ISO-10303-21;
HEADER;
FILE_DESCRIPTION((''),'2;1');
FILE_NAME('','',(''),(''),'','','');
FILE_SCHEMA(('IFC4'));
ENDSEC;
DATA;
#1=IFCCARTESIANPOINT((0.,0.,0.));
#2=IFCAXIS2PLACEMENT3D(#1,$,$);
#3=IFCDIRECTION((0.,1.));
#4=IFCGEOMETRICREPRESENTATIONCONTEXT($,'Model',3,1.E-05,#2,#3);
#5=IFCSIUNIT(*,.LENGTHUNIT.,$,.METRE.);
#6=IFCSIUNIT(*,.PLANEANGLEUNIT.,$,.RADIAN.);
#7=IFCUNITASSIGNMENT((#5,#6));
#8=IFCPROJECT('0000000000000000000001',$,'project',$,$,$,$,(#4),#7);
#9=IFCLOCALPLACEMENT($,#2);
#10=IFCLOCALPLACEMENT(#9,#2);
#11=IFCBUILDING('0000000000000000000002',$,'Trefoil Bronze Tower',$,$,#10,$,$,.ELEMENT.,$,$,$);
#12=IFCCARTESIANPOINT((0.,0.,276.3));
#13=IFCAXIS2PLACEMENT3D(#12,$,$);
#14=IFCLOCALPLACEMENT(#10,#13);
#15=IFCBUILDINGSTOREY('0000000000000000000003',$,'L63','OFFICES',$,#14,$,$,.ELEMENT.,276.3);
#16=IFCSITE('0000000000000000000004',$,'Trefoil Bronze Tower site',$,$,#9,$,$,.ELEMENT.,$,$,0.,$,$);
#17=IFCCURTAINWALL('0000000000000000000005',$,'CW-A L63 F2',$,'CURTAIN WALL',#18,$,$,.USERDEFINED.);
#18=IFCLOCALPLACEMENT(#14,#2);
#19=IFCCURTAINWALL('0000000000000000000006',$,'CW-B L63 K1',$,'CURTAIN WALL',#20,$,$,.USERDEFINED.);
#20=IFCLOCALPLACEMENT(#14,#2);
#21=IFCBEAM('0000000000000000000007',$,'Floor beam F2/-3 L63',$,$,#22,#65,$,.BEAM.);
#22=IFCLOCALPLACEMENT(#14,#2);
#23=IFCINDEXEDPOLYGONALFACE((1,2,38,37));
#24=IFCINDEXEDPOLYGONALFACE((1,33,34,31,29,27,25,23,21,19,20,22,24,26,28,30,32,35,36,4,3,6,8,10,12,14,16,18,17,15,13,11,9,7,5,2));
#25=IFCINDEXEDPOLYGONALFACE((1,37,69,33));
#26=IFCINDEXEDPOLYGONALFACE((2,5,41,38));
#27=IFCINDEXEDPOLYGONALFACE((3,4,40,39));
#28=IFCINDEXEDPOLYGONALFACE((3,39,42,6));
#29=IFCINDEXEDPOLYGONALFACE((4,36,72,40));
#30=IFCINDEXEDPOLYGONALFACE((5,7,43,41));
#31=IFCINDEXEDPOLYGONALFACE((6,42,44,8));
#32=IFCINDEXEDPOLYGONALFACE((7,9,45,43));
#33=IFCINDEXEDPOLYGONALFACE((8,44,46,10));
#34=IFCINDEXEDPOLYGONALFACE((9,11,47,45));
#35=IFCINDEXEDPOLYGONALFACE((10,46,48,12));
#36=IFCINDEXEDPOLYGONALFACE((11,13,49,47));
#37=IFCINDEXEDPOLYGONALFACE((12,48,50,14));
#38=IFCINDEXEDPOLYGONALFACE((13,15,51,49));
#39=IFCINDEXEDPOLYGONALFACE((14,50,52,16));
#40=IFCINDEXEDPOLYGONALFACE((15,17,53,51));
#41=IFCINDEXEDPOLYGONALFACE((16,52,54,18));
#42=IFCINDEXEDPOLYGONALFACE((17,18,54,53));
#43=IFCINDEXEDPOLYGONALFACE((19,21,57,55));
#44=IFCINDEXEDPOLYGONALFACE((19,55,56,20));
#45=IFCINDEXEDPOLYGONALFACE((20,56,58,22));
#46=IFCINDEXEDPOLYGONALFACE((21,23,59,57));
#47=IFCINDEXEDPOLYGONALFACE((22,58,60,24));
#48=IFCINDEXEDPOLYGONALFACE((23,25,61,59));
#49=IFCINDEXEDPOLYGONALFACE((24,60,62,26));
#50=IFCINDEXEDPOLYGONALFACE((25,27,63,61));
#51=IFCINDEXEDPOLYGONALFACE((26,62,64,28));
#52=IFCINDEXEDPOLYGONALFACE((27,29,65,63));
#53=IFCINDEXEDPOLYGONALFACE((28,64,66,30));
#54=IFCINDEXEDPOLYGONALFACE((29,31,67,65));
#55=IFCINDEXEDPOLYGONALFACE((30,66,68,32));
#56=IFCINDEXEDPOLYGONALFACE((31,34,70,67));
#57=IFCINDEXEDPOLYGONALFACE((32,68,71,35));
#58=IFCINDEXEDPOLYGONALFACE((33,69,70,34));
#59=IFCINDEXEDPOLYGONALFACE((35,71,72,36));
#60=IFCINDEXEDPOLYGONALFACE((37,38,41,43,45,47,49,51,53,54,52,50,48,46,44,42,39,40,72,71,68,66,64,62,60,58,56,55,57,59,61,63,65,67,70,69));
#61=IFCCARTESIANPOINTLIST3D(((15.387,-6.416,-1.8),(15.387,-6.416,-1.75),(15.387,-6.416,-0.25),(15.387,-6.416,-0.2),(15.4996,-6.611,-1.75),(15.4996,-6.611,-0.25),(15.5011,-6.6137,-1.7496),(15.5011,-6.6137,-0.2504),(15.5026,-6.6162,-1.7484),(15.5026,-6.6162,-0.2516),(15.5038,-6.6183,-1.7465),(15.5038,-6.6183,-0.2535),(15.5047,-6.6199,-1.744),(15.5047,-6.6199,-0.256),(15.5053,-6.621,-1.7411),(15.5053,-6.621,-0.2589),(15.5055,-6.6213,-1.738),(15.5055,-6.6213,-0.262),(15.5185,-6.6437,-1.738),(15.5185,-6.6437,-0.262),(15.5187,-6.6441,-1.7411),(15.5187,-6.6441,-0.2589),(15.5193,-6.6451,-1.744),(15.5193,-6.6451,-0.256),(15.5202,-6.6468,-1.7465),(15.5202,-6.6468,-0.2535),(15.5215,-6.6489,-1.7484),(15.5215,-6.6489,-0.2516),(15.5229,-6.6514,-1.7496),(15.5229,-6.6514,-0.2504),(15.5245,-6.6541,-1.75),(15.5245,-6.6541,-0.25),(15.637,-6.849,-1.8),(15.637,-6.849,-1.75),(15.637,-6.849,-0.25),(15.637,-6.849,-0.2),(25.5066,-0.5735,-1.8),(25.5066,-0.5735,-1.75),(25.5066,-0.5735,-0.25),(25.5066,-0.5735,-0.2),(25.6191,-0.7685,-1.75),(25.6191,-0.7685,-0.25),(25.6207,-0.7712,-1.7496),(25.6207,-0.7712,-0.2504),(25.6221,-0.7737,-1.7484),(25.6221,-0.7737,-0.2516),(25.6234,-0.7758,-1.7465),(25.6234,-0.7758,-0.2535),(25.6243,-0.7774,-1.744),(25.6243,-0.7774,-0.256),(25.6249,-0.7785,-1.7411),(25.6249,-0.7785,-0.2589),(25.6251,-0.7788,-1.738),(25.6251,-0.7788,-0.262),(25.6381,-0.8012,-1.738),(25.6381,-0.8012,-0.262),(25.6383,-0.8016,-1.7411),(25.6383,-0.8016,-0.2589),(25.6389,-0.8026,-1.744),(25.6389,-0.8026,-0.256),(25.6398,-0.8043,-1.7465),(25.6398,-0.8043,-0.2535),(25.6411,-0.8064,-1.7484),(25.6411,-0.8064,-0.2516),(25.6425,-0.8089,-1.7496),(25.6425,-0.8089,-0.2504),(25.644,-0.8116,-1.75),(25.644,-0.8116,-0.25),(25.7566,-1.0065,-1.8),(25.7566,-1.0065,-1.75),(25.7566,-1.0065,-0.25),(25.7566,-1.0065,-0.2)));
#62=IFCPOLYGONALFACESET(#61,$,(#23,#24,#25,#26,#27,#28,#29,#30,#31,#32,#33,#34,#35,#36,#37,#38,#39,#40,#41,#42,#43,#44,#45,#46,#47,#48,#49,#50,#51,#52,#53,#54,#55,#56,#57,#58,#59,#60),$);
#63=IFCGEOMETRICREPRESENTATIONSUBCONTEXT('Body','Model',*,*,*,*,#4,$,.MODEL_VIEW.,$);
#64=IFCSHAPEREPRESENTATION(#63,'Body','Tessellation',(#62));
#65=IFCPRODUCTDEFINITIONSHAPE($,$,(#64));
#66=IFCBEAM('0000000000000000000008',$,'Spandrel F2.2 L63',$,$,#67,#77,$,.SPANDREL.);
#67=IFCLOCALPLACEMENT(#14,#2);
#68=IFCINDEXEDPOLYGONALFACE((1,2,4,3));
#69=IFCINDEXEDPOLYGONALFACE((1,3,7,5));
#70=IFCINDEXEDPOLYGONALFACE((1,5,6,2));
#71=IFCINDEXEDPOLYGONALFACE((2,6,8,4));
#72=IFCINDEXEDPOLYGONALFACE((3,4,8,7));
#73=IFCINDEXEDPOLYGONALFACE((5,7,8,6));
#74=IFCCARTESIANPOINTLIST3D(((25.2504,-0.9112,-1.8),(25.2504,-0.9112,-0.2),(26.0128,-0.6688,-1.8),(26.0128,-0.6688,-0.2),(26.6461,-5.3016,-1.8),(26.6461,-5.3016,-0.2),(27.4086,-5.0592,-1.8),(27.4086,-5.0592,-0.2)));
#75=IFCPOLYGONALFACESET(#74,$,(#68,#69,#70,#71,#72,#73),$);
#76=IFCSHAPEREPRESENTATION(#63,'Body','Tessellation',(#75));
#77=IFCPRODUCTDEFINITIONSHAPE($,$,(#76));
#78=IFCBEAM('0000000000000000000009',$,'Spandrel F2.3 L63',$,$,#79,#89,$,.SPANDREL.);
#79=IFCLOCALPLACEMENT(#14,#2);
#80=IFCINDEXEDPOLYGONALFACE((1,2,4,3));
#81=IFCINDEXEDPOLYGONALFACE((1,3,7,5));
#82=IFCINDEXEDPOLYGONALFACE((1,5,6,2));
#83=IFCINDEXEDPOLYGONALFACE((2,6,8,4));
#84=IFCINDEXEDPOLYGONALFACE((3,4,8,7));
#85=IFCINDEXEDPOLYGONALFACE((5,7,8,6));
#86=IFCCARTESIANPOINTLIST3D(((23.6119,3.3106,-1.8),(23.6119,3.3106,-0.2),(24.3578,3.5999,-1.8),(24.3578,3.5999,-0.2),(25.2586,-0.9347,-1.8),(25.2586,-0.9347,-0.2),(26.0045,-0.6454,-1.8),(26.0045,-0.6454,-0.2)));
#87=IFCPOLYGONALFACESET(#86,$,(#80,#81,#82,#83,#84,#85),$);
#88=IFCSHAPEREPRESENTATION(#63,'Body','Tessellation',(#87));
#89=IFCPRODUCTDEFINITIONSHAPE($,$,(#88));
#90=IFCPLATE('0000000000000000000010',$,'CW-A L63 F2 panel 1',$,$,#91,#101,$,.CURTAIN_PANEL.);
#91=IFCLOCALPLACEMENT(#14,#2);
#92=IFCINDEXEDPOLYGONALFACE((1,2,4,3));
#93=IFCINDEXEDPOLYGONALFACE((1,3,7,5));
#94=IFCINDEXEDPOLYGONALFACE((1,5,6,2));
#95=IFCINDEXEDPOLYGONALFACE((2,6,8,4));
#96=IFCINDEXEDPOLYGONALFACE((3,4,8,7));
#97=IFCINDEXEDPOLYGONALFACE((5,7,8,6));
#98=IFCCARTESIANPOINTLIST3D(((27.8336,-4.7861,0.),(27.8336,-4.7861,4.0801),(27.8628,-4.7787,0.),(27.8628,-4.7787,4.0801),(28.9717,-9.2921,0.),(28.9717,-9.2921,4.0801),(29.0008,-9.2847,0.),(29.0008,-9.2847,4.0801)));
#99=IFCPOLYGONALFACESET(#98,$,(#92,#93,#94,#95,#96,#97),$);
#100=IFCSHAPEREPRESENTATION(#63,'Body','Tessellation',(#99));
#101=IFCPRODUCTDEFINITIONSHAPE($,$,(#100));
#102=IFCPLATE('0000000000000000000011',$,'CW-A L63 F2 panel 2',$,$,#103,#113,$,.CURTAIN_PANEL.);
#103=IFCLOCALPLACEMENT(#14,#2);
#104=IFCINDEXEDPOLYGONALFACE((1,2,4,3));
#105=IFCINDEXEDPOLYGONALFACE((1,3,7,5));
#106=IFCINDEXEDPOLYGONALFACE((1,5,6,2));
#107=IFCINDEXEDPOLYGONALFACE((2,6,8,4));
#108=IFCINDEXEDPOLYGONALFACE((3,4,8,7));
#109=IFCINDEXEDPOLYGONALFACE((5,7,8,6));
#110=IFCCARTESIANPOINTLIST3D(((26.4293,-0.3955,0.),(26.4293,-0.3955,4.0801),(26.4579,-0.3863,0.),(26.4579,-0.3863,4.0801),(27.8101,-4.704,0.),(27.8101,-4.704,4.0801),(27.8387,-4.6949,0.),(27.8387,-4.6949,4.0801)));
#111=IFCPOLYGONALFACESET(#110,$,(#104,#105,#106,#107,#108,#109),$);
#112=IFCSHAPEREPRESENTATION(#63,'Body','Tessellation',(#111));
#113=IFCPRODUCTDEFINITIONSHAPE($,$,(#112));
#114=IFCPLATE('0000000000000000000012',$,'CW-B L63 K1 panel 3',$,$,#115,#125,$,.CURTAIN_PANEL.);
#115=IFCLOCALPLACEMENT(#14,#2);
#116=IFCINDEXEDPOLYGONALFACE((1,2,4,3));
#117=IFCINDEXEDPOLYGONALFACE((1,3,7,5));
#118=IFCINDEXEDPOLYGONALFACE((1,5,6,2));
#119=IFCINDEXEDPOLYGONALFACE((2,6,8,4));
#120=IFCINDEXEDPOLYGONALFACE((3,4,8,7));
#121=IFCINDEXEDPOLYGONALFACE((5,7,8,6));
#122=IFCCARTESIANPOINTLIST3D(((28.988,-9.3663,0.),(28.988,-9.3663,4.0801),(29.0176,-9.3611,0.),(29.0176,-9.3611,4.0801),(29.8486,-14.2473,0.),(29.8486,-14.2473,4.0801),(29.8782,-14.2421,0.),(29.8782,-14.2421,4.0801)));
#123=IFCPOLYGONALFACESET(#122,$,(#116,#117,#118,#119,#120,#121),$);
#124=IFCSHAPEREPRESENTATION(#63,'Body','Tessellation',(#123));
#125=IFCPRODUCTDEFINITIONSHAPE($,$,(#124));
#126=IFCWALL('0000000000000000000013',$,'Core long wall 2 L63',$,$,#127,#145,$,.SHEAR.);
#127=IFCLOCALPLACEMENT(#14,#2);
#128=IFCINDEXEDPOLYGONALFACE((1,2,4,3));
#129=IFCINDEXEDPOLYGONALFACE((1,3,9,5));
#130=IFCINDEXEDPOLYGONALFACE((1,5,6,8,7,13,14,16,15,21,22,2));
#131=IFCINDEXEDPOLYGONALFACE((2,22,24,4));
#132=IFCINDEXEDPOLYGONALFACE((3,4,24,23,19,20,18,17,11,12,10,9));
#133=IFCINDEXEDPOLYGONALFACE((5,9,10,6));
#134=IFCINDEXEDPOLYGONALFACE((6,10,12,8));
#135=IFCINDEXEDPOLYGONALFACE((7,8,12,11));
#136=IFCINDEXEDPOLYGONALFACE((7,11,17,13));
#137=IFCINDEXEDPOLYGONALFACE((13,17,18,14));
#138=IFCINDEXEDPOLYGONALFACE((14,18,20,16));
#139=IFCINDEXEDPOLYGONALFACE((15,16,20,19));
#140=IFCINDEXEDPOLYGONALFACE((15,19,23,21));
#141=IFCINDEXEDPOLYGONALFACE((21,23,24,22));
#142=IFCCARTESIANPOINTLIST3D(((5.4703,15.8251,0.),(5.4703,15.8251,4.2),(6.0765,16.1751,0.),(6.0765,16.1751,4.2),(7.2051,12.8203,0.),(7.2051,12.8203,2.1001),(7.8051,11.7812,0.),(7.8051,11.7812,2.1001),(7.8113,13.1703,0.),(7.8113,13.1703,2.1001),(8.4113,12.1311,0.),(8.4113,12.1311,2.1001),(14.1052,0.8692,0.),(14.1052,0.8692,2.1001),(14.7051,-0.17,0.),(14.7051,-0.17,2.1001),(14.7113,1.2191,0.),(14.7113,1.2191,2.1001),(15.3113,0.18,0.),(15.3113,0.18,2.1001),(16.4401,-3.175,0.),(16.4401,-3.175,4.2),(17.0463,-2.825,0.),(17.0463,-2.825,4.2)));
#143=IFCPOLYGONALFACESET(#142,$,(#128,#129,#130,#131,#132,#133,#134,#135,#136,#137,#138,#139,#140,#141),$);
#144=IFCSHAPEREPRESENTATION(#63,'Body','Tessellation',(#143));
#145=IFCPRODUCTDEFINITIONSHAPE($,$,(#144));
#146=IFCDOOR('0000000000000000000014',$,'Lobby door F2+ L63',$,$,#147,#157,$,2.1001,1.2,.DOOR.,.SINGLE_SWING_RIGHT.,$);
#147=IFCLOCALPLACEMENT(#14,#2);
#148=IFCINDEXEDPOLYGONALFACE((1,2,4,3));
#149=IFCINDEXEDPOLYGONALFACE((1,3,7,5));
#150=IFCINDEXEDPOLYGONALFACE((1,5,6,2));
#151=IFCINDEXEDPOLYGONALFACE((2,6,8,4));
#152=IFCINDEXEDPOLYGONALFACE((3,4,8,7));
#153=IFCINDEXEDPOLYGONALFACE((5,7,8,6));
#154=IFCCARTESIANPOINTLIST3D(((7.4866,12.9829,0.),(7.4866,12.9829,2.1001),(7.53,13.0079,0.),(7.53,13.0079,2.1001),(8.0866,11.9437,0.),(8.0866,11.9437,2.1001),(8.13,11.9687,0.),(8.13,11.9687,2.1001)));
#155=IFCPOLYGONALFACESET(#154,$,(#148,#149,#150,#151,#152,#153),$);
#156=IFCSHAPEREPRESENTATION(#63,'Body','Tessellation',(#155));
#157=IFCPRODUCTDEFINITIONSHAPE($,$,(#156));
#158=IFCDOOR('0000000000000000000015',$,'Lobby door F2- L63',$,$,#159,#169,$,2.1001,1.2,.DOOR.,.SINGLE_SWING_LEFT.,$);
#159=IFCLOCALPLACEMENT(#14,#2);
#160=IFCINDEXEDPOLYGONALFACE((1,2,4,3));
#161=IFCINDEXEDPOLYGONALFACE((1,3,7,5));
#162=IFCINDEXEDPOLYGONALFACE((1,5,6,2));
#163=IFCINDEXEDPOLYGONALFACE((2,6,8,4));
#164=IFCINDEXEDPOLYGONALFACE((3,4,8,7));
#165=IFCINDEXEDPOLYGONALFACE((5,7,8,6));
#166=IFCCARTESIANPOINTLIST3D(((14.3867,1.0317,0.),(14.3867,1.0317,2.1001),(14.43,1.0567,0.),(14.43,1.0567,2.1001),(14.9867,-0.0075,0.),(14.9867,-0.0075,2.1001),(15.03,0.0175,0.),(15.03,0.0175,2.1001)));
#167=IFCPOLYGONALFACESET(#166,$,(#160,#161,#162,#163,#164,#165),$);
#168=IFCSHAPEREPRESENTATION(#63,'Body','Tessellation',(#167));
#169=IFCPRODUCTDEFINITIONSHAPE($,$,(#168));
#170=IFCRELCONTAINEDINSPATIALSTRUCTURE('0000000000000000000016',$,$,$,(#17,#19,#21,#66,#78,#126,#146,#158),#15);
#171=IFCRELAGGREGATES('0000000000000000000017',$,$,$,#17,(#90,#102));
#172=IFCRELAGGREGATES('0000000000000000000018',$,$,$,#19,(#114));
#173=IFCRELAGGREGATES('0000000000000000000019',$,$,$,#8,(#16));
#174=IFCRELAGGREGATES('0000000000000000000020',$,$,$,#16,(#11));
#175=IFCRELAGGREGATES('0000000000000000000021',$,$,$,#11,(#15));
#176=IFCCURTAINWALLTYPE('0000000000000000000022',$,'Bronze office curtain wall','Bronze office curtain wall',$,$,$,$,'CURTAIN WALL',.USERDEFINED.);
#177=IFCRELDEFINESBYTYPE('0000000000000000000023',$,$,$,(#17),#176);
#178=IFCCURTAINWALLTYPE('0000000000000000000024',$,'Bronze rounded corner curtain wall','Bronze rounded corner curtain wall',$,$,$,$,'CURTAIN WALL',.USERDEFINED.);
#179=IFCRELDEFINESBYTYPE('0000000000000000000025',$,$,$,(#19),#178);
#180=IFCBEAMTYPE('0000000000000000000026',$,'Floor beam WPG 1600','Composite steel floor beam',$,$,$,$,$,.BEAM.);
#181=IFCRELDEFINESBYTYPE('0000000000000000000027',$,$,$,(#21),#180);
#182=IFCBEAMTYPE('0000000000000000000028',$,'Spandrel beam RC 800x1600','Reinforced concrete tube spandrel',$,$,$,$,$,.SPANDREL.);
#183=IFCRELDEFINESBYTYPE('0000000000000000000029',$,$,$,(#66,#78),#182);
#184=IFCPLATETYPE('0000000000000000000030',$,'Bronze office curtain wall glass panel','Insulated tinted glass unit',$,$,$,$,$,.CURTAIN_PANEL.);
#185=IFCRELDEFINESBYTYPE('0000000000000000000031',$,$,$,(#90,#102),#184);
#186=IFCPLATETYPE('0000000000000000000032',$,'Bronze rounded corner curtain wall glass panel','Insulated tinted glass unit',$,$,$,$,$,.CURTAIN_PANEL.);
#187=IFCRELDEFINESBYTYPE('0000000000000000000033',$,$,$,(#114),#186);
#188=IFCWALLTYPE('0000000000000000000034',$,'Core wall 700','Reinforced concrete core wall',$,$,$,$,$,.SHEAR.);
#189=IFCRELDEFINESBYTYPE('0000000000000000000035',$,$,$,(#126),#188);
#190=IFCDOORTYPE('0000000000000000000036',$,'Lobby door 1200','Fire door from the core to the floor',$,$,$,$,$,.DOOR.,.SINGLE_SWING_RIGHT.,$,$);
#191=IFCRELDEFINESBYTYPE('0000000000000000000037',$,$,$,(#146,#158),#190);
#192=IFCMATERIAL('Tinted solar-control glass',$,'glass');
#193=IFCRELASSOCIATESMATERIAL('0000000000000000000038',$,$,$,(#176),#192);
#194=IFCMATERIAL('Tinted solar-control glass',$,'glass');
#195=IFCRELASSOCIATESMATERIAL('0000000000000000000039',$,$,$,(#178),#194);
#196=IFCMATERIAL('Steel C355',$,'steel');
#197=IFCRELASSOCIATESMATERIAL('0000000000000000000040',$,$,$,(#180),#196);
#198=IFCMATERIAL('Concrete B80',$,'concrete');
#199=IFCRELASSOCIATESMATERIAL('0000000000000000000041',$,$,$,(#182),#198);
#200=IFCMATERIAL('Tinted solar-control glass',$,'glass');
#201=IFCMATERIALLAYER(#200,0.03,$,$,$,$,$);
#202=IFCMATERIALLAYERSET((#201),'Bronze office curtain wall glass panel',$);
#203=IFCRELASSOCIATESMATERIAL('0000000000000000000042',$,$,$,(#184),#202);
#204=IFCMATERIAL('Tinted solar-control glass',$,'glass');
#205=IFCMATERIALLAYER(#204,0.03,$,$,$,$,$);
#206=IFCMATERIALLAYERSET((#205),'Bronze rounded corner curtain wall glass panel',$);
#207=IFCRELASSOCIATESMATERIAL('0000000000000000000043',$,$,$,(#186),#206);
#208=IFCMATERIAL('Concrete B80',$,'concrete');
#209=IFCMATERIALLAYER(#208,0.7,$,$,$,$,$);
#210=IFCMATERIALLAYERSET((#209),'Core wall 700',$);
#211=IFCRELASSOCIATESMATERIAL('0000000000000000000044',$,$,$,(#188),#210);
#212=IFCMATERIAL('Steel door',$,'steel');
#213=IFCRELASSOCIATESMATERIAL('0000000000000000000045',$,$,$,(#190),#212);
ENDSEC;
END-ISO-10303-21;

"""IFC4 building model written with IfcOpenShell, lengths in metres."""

from ifc_helpers import new_model, si_unit, direction, frame, frame_2d, origin, origin_2d, place, context, subcontext, project, spatial, rectangle, i_section, extrude, material, layer, layer_set, material_profile, profile_set, type_object, element, fill, aggregate, save


model = new_model("IFC4")

# Units and contexts
model_context = context("Model", 3, precision=1e-05, world=origin(), true_north=direction((0.0, 1.0)))
body_context = subcontext(model_context, "Body", "Model", "MODEL_VIEW")
ifc_project = project(units=[si_unit("LENGTHUNIT", "METRE"), si_unit("PLANEANGLEUNIT", "RADIAN")], contexts=[model_context])

# Site, building, storey
site_placement = place(None, origin())
site = spatial("IfcSite", under=ifc_project, at=site_placement, Name="Trefoil Bronze Tower site", CompositionType="ELEMENT", RefElevation=0.0)
building_placement = place(site_placement, origin())
building = spatial("IfcBuilding", under=site, at=building_placement, Name="Trefoil Bronze Tower", CompositionType="ELEMENT")
storey_placement = place(building_placement, frame((0.0, 0.0, 276.3)))
storey = spatial("IfcBuildingStorey", under=building, at=storey_placement, Name="L63", Description="OFFICES", CompositionType="ELEMENT", Elevation=276.3)

# Curtain walls
ifc_material_1 = material(Name="Tinted solar-control glass", Category="glass")
curtain_wall_type_1 = type_object("IfcCurtainWallType", Name="Bronze office curtain wall", Description="Bronze office curtain wall", ElementType="CURTAIN WALL", PredefinedType="USERDEFINED", material=ifc_material_1)
curtain_wall_1_placement = place(storey_placement, origin())
curtain_wall_1 = element("IfcCurtainWall", 1, at=curtain_wall_1_placement, inside=storey, type_object=curtain_wall_type_1, Name="CW-A L63 F2", ObjectType="CURTAIN WALL", PredefinedType="USERDEFINED")
ifc_material_2 = material(Name="Tinted solar-control glass", Category="glass")
curtain_wall_type_2 = type_object("IfcCurtainWallType", Name="Bronze rounded corner curtain wall", Description="Bronze rounded corner curtain wall", ElementType="CURTAIN WALL", PredefinedType="USERDEFINED", material=ifc_material_2)
curtain_wall_2_placement = place(storey_placement, origin())
curtain_wall_2 = element("IfcCurtainWall", 2, at=curtain_wall_2_placement, inside=storey, type_object=curtain_wall_type_2, Name="CW-B L63 K1", ObjectType="CURTAIN WALL", PredefinedType="USERDEFINED")

# Beams
ifc_material_3 = material(Name="Steel C355", Category="steel")
ifc_material_profile_1 = material_profile(ifc_material_3, i_section(OverallWidth=0.5, OverallDepth=1.6001, WebThickness=0.0259, FlangeThickness=0.05, FilletRadius=0.012, at=origin_2d()), Name="WPG 1600")
ifc_profile_set_1 = profile_set([ifc_material_profile_1], Name="Steel C355")
beam_type_1 = type_object("IfcBeamType", Name="Floor beam WPG 1600", Description="Composite steel floor beam", PredefinedType="BEAM", material=ifc_profile_set_1)
beam_1_placement = place(storey_placement, frame((25.6316, -0.79, -1.0), z_axis=(-0.866027, -0.499997, 0.0), x_axis=(0.499997, -0.866027, 0.0)))
element("IfcBeam", 3, at=beam_1_placement, inside=storey, type_object=beam_type_1, Name="Floor beam F2/-3 L63", PredefinedType="BEAM", context=body_context, shape_type="SweptSolid", body=[
    extrude(i_section(OverallWidth=0.5, OverallDepth=1.6001, WebThickness=0.0259, FlangeThickness=0.05, FilletRadius=0.012, at=origin_2d()), origin(), (0.0, 0.0, 1.0), 11.6851),
])
ifc_material_4 = material(Name="Concrete B80", Category="concrete")
ifc_material_profile_2 = material_profile(ifc_material_4, rectangle(XDim=0.8, YDim=1.6001, at=origin_2d()), Name="RC 800x1600")
ifc_profile_set_2 = profile_set([ifc_material_profile_2], Name="Concrete B80")
beam_type_2 = type_object("IfcBeamType", Name="Spandrel beam RC 800x1600", Description="Reinforced concrete tube spandrel", PredefinedType="SPANDREL", material=ifc_profile_set_2)
beam_2_placement = place(storey_placement, frame((27.0273, -5.1804, -1.0), z_axis=(-0.30297, 0.953, 0.0), x_axis=(-0.953, -0.30297, 0.0)))
element("IfcBeam", 4, at=beam_2_placement, inside=storey, type_object=beam_type_2, Name="Spandrel F2.2 L63", PredefinedType="SPANDREL", context=body_context, shape_type="SweptSolid", body=[
    extrude(rectangle(XDim=0.8, YDim=1.6001, at=origin_2d()), origin(), (0.0, 0.0, 1.0), 4.6069),
])
beam_3_placement = place(storey_placement, frame((25.6316, -0.79, -1.0), z_axis=(-0.361636, 0.932319, 0.0), x_axis=(-0.932319, -0.361636, 0.0)))
element("IfcBeam", 5, at=beam_3_placement, inside=storey, type_object=beam_type_2, Name="Spandrel F2.3 L63", PredefinedType="SPANDREL", context=body_context, shape_type="SweptSolid", body=[
    extrude(rectangle(XDim=0.8, YDim=1.6001, at=origin_2d()), origin(), (0.0, 0.0, 1.0), 4.5535),
])

# Plates
ifc_material_5 = material(Name="Tinted solar-control glass", Category="glass")
ifc_layer_1 = layer(ifc_material_5, 0.03)
ifc_layer_set_1 = layer_set([ifc_layer_1], Name="Bronze office curtain wall glass panel")
plate_type_1 = type_object("IfcPlateType", Name="Bronze office curtain wall glass panel", Description="Insulated tinted glass unit", PredefinedType="CURTAIN_PANEL", material=ifc_layer_set_1)
plate_1_placement = place(storey_placement, frame((28.4172, -7.0354, 0.0), z_axis=(0.0, 0.0, 1.0), x_axis=(-0.24488, 0.969554, 0.0)))
plate_1 = element("IfcPlate", 6, at=plate_1_placement, type_object=plate_type_1, Name="CW-A L63 F2 panel 1", PredefinedType="CURTAIN_PANEL", context=body_context, shape_type="SweptSolid", body=[
    extrude(rectangle(XDim=4.6475, YDim=0.03, at=origin_2d()), origin(), (0.0, 0.0, 1.0), 4.0801),
])
plate_2_placement = place(storey_placement, frame((27.134, -2.5452, 0.0), z_axis=(0.0, 0.0, 1.0), x_axis=(-0.305188, 0.952292, 0.0)))
plate_2 = element("IfcPlate", 7, at=plate_2_placement, type_object=plate_type_1, Name="CW-A L63 F2 panel 2", PredefinedType="CURTAIN_PANEL", context=body_context, shape_type="SweptSolid", body=[
    extrude(rectangle(XDim=4.5244, YDim=0.03, at=origin_2d()), origin(), (0.0, 0.0, 1.0), 4.0801),
])
aggregate(curtain_wall_1, [plate_1, plate_2])
ifc_material_6 = material(Name="Tinted solar-control glass", Category="glass")
ifc_layer_2 = layer(ifc_material_6, 0.03)
ifc_layer_set_2 = layer_set([ifc_layer_2], Name="Bronze rounded corner curtain wall glass panel")
plate_type_2 = type_object("IfcPlateType", Name="Bronze rounded corner curtain wall glass panel", Description="Insulated tinted glass unit", PredefinedType="CURTAIN_PANEL", material=ifc_layer_set_2)
plate_3_placement = place(storey_placement, frame((29.4331, -11.8042, 0.0), z_axis=(0.0, 0.0, 1.0), x_axis=(-0.173648, 0.984808, 0.0)))
plate_3 = element("IfcPlate", 8, at=plate_3_placement, type_object=plate_type_2, Name="CW-B L63 K1 panel 3", PredefinedType="CURTAIN_PANEL", context=body_context, shape_type="SweptSolid", body=[
    extrude(rectangle(XDim=4.9563, YDim=0.03, at=origin_2d()), origin(), (0.0, 0.0, 1.0), 4.0801),
])
aggregate(curtain_wall_2, [plate_3])

# Wall, openings, doors
ifc_material_7 = material(Name="Concrete B80", Category="concrete")
ifc_layer_3 = layer(ifc_material_7, 0.7)
ifc_layer_set_3 = layer_set([ifc_layer_3], Name="Core wall 700")
wall_type_1 = type_object("IfcWallType", Name="Core wall 700", Description="Reinforced concrete core wall", PredefinedType="SHEAR", material=ifc_layer_set_3)
wall_1_placement = place(storey_placement, frame((16.7432, -3.0, 0.0), z_axis=(0.0, 0.0, 1.0), x_axis=(-0.500002, 0.866024, 0.0)))
wall_1 = element("IfcWall", 9, at=wall_1_placement, inside=storey, type_object=wall_type_1, Name="Core long wall 2 L63", PredefinedType="SHEAR", context=body_context, shape_type="SweptSolid", body=[
    extrude(rectangle(XDim=21.9395, YDim=0.7, at=frame_2d((10.9697, 0.0))), origin(), (0.0, 0.0, 1.0), 4.2),
])
opening_1_placement = place(wall_1_placement, frame((17.2698, 0.0, 0.0)))
opening_1 = element("IfcOpeningElement", 10, at=opening_1_placement, cuts=wall_1, PredefinedType="OPENING", context=body_context, shape_type="SweptSolid", body=[
    extrude(rectangle(XDim=1.2, YDim=2.1001, at=frame_2d((0.6001, 1.05))), frame((0.0, 0.3599, 0.0), z_axis=(0.0, -1.0, 0.0), x_axis=(1.0, 0.0, 0.0)), (0.0, 0.0, 1.0), 0.72),
])
opening_2_placement = place(wall_1_placement, frame((3.4697, 0.0, 0.0)))
opening_2 = element("IfcOpeningElement", 11, at=opening_2_placement, cuts=wall_1, PredefinedType="OPENING", context=body_context, shape_type="SweptSolid", body=[
    extrude(rectangle(XDim=1.2, YDim=2.1001, at=frame_2d((0.6001, 1.05))), frame((0.0, 0.3599, 0.0), z_axis=(0.0, -1.0, 0.0), x_axis=(1.0, 0.0, 0.0)), (0.0, 0.0, 1.0), 0.72),
])
ifc_material_8 = material(Name="Steel door", Category="steel")
door_type_1 = type_object("IfcDoorType", Name="Lobby door 1200", Description="Fire door from the core to the floor", OperationType="SINGLE_SWING_RIGHT", PredefinedType="DOOR", material=ifc_material_8)
door_1_placement = place(opening_1_placement, origin())
door_1 = element("IfcDoor", 12, at=door_1_placement, inside=storey, type_object=door_type_1, Name="Lobby door F2+ L63", OperationType="SINGLE_SWING_RIGHT", OverallHeight=2.1001, OverallWidth=1.2, PredefinedType="DOOR", context=body_context, shape_type="SweptSolid", body=[
    extrude(rectangle(XDim=1.2, YDim=2.1001, at=frame_2d((0.6001, 1.05))), frame((0.0, 0.0249, 0.0), z_axis=(0.0, -1.0, 0.0), x_axis=(1.0, 0.0, 0.0)), (0.0, 0.0, 1.0), 0.05),
])
fill(opening_1, door_1)
door_2_placement = place(opening_2_placement, origin())
door_2 = element("IfcDoor", 13, at=door_2_placement, inside=storey, type_object=door_type_1, Name="Lobby door F2- L63", OperationType="SINGLE_SWING_LEFT", OverallHeight=2.1001, OverallWidth=1.2, PredefinedType="DOOR", context=body_context, shape_type="SweptSolid", body=[
    extrude(rectangle(XDim=1.2, YDim=2.1001, at=frame_2d((0.6001, 1.05))), frame((0.0, 0.0249, 0.0), z_axis=(0.0, -1.0, 0.0), x_axis=(1.0, 0.0, 0.0)), (0.0, 0.0, 1.0), 0.05),
])
fill(opening_2, door_2)

save(model, "model.ifc")
